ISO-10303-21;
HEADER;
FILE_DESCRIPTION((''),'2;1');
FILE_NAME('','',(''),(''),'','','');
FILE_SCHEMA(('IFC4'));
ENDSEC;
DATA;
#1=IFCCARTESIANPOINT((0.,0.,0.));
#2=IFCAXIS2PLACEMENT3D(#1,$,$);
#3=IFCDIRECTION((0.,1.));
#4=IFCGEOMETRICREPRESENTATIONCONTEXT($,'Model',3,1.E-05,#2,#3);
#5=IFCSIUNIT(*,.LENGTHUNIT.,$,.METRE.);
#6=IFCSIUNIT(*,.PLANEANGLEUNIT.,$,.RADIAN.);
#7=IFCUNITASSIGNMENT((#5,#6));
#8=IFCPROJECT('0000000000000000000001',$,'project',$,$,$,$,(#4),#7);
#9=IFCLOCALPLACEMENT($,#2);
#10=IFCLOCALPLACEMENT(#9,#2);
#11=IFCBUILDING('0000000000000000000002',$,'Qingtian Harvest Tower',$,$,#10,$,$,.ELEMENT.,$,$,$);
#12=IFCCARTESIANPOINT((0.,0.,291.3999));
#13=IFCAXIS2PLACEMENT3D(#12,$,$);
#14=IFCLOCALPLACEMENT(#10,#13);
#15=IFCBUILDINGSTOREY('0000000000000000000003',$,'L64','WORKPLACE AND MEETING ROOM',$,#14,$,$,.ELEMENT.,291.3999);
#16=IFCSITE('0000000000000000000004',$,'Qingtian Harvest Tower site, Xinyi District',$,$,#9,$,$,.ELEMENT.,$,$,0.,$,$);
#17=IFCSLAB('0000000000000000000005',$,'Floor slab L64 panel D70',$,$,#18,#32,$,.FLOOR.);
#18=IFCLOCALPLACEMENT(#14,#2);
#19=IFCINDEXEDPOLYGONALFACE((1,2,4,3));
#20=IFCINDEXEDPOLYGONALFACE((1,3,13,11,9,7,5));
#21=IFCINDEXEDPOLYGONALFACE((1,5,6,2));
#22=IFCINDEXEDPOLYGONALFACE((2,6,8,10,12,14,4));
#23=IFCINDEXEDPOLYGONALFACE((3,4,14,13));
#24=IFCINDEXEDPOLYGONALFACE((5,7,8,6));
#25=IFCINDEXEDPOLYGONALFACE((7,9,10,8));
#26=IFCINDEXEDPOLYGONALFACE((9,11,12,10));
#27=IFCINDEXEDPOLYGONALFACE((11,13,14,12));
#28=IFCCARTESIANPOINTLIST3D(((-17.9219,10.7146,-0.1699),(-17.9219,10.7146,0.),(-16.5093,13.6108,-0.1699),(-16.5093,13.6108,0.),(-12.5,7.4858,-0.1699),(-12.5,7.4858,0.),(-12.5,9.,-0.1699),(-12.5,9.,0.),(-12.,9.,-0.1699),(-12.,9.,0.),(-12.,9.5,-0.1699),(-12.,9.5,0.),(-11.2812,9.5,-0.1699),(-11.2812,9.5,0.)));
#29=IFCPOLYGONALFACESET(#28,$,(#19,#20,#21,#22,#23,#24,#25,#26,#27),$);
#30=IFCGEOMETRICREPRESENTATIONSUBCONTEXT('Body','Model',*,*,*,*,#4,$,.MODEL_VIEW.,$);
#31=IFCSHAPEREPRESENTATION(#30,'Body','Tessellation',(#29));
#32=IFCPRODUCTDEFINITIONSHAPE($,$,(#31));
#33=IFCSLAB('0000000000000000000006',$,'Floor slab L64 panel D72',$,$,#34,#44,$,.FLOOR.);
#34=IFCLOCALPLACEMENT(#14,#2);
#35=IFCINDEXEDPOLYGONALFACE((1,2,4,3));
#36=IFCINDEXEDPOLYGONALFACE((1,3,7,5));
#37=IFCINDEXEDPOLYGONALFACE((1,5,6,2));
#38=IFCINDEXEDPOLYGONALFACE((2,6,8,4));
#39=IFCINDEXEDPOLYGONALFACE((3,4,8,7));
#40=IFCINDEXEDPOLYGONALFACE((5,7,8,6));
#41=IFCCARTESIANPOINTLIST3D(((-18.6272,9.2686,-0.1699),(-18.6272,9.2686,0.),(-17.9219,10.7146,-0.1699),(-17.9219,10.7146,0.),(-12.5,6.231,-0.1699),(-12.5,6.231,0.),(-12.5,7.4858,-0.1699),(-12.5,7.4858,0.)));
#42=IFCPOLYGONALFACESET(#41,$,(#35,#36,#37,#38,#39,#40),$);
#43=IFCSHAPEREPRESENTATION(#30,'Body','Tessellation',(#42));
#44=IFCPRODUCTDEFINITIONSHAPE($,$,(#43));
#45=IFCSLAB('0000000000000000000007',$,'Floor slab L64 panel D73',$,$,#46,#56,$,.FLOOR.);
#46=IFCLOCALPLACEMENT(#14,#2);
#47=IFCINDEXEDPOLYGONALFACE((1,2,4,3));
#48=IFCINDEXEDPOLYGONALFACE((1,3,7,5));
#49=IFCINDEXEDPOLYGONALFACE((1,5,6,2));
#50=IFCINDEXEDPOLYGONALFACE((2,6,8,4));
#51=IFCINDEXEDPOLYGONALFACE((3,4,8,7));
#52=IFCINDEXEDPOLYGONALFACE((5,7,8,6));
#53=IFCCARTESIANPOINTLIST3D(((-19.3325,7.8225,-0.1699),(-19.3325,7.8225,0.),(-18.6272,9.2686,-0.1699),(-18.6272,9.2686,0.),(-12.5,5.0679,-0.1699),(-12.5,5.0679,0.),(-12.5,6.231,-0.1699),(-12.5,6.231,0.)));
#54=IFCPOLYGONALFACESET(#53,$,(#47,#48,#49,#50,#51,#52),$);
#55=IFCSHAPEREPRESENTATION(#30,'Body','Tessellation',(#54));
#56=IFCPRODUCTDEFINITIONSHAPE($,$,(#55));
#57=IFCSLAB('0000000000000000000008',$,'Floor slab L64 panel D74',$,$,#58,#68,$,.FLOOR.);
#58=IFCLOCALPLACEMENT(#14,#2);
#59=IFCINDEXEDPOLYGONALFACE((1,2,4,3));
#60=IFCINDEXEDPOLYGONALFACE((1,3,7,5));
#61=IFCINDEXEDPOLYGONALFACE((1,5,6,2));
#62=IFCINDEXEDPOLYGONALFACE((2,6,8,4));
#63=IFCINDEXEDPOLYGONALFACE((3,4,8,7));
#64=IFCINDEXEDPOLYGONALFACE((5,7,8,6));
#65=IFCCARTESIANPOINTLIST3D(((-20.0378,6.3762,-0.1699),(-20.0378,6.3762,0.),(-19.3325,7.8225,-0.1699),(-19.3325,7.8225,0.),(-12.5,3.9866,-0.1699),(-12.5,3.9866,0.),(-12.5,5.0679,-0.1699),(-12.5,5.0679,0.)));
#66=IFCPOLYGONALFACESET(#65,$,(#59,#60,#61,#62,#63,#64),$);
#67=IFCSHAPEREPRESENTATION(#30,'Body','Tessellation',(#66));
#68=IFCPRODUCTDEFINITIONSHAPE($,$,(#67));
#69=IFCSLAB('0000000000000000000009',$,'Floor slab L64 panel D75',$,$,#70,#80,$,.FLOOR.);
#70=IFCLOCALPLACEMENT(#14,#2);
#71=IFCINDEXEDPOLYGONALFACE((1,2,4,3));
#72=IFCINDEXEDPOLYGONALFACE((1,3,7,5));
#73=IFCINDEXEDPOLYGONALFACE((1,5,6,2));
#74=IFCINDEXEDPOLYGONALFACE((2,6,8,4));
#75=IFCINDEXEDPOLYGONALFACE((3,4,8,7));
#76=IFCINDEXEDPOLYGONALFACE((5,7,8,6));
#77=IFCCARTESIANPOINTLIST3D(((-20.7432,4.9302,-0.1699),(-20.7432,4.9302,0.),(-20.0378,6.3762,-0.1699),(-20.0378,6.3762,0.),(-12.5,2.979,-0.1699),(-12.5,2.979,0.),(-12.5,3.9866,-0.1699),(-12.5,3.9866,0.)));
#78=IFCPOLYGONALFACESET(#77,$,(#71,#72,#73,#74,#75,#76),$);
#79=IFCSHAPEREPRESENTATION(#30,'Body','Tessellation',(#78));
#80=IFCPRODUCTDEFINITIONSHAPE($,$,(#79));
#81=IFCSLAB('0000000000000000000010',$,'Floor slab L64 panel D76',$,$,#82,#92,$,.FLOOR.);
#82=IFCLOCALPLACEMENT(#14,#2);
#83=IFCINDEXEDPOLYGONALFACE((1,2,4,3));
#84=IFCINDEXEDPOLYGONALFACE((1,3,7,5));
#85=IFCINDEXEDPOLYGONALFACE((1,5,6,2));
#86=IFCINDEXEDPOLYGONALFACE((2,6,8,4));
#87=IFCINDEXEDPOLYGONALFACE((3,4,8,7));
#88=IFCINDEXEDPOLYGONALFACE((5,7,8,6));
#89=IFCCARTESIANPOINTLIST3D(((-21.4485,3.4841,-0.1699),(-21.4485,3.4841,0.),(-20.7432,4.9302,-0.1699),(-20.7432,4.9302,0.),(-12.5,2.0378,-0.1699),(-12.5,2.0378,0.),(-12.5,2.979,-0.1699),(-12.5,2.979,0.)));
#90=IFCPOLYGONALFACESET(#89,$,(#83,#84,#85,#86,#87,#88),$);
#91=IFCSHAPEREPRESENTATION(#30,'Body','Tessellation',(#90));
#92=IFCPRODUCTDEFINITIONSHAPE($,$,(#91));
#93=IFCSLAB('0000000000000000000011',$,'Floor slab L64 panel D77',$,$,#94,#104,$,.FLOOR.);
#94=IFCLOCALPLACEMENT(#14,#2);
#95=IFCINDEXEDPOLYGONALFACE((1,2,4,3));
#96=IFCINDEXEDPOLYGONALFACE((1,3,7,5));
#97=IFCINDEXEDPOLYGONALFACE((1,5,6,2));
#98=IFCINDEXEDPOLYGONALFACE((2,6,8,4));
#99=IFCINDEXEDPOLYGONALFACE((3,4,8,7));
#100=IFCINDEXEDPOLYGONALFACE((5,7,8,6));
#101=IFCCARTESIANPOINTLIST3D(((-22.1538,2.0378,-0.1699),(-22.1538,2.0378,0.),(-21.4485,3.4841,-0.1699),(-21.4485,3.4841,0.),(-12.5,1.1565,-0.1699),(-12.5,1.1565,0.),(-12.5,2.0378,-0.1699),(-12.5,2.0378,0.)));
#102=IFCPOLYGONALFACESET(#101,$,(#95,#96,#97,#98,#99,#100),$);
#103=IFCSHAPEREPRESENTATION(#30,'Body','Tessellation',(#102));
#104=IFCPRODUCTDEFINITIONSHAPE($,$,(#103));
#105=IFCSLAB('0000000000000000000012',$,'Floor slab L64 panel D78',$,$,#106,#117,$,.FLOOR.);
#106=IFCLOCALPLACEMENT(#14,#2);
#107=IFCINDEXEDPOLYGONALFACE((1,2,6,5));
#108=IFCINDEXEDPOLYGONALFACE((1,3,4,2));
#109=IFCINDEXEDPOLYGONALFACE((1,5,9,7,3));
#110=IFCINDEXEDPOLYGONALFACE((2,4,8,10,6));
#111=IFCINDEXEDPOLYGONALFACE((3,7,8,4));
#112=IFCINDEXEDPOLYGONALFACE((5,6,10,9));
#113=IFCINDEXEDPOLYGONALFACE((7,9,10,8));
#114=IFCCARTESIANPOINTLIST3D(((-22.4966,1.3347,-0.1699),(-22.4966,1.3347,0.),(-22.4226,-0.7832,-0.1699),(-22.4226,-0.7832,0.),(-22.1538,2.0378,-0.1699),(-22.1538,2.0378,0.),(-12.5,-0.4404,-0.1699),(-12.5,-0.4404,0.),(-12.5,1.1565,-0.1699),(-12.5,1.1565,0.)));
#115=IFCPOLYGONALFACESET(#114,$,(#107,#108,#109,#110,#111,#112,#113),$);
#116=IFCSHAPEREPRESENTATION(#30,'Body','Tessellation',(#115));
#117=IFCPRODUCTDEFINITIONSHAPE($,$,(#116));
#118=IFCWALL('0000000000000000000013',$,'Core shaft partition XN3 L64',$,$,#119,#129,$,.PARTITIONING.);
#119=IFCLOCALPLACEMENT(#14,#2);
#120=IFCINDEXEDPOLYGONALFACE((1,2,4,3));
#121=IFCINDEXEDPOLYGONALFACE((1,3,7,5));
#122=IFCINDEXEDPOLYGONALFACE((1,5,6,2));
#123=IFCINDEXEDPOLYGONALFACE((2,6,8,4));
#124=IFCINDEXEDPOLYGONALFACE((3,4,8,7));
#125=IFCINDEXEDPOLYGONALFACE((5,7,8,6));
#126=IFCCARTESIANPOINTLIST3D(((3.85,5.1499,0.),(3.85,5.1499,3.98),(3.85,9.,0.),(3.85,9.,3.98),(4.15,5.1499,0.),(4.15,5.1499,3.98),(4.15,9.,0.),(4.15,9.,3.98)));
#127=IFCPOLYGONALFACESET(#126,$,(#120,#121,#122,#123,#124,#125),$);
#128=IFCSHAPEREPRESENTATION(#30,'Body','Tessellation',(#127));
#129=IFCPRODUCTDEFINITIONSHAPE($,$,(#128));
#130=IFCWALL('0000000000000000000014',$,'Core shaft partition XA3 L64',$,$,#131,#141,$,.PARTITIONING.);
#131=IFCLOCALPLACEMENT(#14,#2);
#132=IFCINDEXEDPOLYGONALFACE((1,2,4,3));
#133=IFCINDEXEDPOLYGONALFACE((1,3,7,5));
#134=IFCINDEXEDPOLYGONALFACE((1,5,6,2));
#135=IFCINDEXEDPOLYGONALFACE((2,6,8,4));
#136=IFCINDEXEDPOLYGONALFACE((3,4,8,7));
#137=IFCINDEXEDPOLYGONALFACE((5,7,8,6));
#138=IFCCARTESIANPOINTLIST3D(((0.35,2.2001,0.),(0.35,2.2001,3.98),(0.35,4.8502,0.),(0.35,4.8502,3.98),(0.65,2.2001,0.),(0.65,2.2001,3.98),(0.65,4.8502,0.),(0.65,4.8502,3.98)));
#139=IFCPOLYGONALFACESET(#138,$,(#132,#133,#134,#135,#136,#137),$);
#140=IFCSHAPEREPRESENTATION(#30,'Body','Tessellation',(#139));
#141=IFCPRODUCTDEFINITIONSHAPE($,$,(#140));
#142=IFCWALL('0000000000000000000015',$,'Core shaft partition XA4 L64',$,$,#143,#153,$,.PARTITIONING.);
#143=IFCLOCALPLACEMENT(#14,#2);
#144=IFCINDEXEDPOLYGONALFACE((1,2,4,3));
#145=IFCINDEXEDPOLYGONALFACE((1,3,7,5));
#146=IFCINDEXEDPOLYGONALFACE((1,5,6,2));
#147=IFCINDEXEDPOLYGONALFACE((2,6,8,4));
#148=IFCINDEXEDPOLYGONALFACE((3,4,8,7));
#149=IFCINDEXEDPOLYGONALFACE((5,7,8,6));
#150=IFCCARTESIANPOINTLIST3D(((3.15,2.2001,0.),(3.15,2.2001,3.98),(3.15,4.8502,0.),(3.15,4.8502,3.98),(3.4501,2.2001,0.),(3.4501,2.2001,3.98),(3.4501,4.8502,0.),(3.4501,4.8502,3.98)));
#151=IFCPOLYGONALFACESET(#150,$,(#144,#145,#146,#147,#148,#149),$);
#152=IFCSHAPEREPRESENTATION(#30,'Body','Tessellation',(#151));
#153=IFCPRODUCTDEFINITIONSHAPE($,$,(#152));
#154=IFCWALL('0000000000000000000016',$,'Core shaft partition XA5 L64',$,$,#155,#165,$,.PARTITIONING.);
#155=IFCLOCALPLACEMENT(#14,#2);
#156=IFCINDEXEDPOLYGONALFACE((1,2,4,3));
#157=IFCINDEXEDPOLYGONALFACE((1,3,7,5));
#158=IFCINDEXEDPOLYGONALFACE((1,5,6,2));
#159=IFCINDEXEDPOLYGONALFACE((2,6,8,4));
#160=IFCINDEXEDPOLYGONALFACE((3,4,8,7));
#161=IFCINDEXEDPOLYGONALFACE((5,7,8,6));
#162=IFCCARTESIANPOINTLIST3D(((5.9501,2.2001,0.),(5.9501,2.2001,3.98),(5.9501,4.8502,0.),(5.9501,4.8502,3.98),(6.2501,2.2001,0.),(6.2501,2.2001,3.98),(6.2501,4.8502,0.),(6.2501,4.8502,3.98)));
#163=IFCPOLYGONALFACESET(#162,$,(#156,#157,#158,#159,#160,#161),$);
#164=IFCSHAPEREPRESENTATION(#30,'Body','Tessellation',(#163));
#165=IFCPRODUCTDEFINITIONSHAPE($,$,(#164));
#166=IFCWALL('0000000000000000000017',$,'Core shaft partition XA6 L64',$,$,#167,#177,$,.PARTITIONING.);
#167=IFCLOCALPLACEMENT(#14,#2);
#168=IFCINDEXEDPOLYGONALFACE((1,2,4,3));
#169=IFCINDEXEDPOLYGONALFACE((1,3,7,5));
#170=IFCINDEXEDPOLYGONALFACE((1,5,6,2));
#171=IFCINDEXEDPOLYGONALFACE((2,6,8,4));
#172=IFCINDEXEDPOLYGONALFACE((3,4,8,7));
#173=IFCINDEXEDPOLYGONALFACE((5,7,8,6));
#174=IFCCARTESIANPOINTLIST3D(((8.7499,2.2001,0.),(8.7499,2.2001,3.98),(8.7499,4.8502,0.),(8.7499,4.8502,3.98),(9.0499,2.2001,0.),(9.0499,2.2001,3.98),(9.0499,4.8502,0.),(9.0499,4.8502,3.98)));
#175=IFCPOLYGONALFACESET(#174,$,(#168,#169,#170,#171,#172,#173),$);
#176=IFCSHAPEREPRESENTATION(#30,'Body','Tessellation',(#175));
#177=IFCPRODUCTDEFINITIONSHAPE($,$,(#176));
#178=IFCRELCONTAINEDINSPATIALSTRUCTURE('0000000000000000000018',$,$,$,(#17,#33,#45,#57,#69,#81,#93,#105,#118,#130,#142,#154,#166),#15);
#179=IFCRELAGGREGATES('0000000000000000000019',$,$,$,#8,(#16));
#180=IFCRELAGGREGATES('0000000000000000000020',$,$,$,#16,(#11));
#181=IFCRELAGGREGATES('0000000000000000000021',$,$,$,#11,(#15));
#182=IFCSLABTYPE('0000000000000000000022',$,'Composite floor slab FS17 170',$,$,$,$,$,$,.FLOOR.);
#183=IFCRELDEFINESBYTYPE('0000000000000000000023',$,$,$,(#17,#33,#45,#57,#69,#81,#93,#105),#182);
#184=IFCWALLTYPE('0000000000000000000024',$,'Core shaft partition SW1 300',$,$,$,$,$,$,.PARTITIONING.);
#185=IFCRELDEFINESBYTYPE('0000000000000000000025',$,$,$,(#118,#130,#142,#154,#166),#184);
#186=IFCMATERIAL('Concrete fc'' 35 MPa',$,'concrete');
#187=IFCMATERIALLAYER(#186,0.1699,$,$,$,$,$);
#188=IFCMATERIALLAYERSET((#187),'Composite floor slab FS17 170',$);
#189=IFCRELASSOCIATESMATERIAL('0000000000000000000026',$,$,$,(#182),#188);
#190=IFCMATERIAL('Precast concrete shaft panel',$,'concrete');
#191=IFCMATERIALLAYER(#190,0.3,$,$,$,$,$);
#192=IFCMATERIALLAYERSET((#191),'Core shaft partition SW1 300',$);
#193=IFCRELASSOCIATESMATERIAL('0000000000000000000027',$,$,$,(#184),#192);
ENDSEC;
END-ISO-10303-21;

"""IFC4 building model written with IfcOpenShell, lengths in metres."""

from ifc_helpers import new_model, si_unit, direction, frame, frame_2d, origin, place, context, subcontext, project, spatial, polyline, rectangle, outline, extrude, material, layer, layer_set, type_object, element, save


model = new_model("IFC4")

# Units and contexts
model_context = context("Model", 3, precision=1e-05, world=origin(), true_north=direction((0.0, 1.0)))
body_context = subcontext(model_context, "Body", "Model", "MODEL_VIEW")
ifc_project = project(units=[si_unit("LENGTHUNIT", "METRE"), si_unit("PLANEANGLEUNIT", "RADIAN")], contexts=[model_context])

# Site, building, storey
site_placement = place(None, origin())
site = spatial("IfcSite", under=ifc_project, at=site_placement, Name="Qingtian Harvest Tower site, Xinyi District", CompositionType="ELEMENT", RefElevation=0.0)
building_placement = place(site_placement, origin())
building = spatial("IfcBuilding", under=site, at=building_placement, Name="Qingtian Harvest Tower", CompositionType="ELEMENT")
storey_placement = place(building_placement, frame((0.0, 0.0, 291.3999)))
storey = spatial("IfcBuildingStorey", under=building, at=storey_placement, Name="L64", Description="WORKPLACE AND MEETING ROOM", CompositionType="ELEMENT", Elevation=291.3999)

# Slabs
ifc_material_1 = material(Name="Concrete fc' 35 MPa", Category="concrete")
ifc_layer_1 = layer(ifc_material_1, 0.1699)
ifc_layer_set_1 = layer_set([ifc_layer_1], Name="Composite floor slab FS17 170")
slab_type = type_object("IfcSlabType", Name="Composite floor slab FS17 170", PredefinedType="FLOOR", material=ifc_layer_set_1)
slab_1_placement = place(storey_placement, frame((0.0, 0.0, -0.1699)))
element("IfcSlab", 1, at=slab_1_placement, inside=storey, type_object=slab_type, Name="Floor slab L64 panel D70", PredefinedType="FLOOR", context=body_context, shape_type="SweptSolid", body=[
    extrude(outline(polyline([(-12.0, 9.0), (-12.5, 9.0), (-12.5, 7.4858), (-17.9219, 10.7146), (-16.5093, 13.6108), (-11.2812, 9.5), (-12.0, 9.5), (-12.0, 9.0)])), origin(), (0.0, 0.0, 1.0), 0.1699),
])
slab_2_placement = place(storey_placement, frame((0.0, 0.0, -0.1699)))
element("IfcSlab", 2, at=slab_2_placement, inside=storey, type_object=slab_type, Name="Floor slab L64 panel D72", PredefinedType="FLOOR", context=body_context, shape_type="SweptSolid", body=[
    extrude(outline(polyline([(-12.5, 6.231), (-18.6272, 9.2686), (-17.9219, 10.7146), (-12.5, 7.4858), (-12.5, 6.231)])), origin(), (0.0, 0.0, 1.0), 0.1699),
])
slab_3_placement = place(storey_placement, frame((0.0, 0.0, -0.1699)))
element("IfcSlab", 3, at=slab_3_placement, inside=storey, type_object=slab_type, Name="Floor slab L64 panel D73", PredefinedType="FLOOR", context=body_context, shape_type="SweptSolid", body=[
    extrude(outline(polyline([(-12.5, 5.0679), (-19.3325, 7.8225), (-18.6272, 9.2686), (-12.5, 6.231), (-12.5, 5.0679)])), origin(), (0.0, 0.0, 1.0), 0.1699),
])
slab_4_placement = place(storey_placement, frame((0.0, 0.0, -0.1699)))
element("IfcSlab", 4, at=slab_4_placement, inside=storey, type_object=slab_type, Name="Floor slab L64 panel D74", PredefinedType="FLOOR", context=body_context, shape_type="SweptSolid", body=[
    extrude(outline(polyline([(-12.5, 3.9866), (-20.0378, 6.3762), (-19.3325, 7.8225), (-12.5, 5.0679), (-12.5, 3.9866)])), origin(), (0.0, 0.0, 1.0), 0.1699),
])
slab_5_placement = place(storey_placement, frame((0.0, 0.0, -0.1699)))
element("IfcSlab", 5, at=slab_5_placement, inside=storey, type_object=slab_type, Name="Floor slab L64 panel D75", PredefinedType="FLOOR", context=body_context, shape_type="SweptSolid", body=[
    extrude(outline(polyline([(-12.5, 2.979), (-20.7432, 4.9302), (-20.0378, 6.3762), (-12.5, 3.9866), (-12.5, 2.979)])), origin(), (0.0, 0.0, 1.0), 0.1699),
])
slab_6_placement = place(storey_placement, frame((0.0, 0.0, -0.1699)))
element("IfcSlab", 6, at=slab_6_placement, inside=storey, type_object=slab_type, Name="Floor slab L64 panel D76", PredefinedType="FLOOR", context=body_context, shape_type="SweptSolid", body=[
    extrude(outline(polyline([(-12.5, 2.0378), (-21.4485, 3.4841), (-20.7432, 4.9302), (-12.5, 2.979), (-12.5, 2.0378)])), origin(), (0.0, 0.0, 1.0), 0.1699),
])
slab_7_placement = place(storey_placement, frame((0.0, 0.0, -0.1699)))
element("IfcSlab", 7, at=slab_7_placement, inside=storey, type_object=slab_type, Name="Floor slab L64 panel D77", PredefinedType="FLOOR", context=body_context, shape_type="SweptSolid", body=[
    extrude(outline(polyline([(-12.5, 1.1565), (-22.1538, 2.0378), (-21.4485, 3.4841), (-12.5, 2.0378), (-12.5, 1.1565)])), origin(), (0.0, 0.0, 1.0), 0.1699),
])
slab_8_placement = place(storey_placement, frame((0.0, 0.0, -0.1699)))
element("IfcSlab", 8, at=slab_8_placement, inside=storey, type_object=slab_type, Name="Floor slab L64 panel D78", PredefinedType="FLOOR", context=body_context, shape_type="SweptSolid", body=[
    extrude(outline(polyline([(-12.5, 1.1565), (-12.5, -0.4404), (-22.4226, -0.7832), (-22.4966, 1.3347), (-22.1538, 2.0378), (-12.5, 1.1565)])), origin(), (0.0, 0.0, 1.0), 0.1699),
])

# Shared definitions
ifc_material_2 = material(Name="Precast concrete shaft panel", Category="concrete")
ifc_layer_2 = layer(ifc_material_2, 0.3)
ifc_layer_set_2 = layer_set([ifc_layer_2], Name="Core shaft partition SW1 300")
wall_type = type_object("IfcWallType", Name="Core shaft partition SW1 300", PredefinedType="PARTITIONING", material=ifc_layer_set_2)

# Walls
wall_1_placement = place(storey_placement, frame((4.0, 5.1499, 0.0), z_axis=(0.0, 0.0, 1.0), x_axis=(0.0, 1.0, 0.0)))
element("IfcWall", 9, at=wall_1_placement, inside=storey, type_object=wall_type, Name="Core shaft partition XN3 L64", PredefinedType="PARTITIONING", context=body_context, shape_type="SweptSolid", body=[
    extrude(rectangle(XDim=3.8501, YDim=0.3, at=frame_2d((1.925, 0.0))), origin(), (0.0, 0.0, 1.0), 3.98),
])
for number, where, z_axis, x_axis, name in (
    (10, (0.5, 2.2, 0.0), (0.0, 0.0, 1.0), (0.0, 1.0, 0.0), "Core shaft partition XA3 L64"),
    (11, (3.3, 2.2, 0.0), (0.0, 0.0, 1.0), (0.0, 1.0, 0.0), "Core shaft partition XA4 L64"),
    (12, (6.1001, 2.2, 0.0), (0.0, 0.0, 1.0), (0.0, 1.0, 0.0), "Core shaft partition XA5 L64"),
    (13, (8.8999, 2.2, 0.0), (0.0, 0.0, 1.0), (0.0, 1.0, 0.0), "Core shaft partition XA6 L64"),
):
    element("IfcWall", number, at=place(storey_placement, frame(where, z_axis=z_axis, x_axis=x_axis)), inside=storey, type_object=wall_type, Name=name, PredefinedType="PARTITIONING", context=body_context, shape_type="SweptSolid", body=[
        extrude(rectangle(XDim=2.6501, YDim=0.3, at=frame_2d((1.3252, 0.0))), origin(), (0.0, 0.0, 1.0), 3.98),
    ])

save(model, "model.ifc")
